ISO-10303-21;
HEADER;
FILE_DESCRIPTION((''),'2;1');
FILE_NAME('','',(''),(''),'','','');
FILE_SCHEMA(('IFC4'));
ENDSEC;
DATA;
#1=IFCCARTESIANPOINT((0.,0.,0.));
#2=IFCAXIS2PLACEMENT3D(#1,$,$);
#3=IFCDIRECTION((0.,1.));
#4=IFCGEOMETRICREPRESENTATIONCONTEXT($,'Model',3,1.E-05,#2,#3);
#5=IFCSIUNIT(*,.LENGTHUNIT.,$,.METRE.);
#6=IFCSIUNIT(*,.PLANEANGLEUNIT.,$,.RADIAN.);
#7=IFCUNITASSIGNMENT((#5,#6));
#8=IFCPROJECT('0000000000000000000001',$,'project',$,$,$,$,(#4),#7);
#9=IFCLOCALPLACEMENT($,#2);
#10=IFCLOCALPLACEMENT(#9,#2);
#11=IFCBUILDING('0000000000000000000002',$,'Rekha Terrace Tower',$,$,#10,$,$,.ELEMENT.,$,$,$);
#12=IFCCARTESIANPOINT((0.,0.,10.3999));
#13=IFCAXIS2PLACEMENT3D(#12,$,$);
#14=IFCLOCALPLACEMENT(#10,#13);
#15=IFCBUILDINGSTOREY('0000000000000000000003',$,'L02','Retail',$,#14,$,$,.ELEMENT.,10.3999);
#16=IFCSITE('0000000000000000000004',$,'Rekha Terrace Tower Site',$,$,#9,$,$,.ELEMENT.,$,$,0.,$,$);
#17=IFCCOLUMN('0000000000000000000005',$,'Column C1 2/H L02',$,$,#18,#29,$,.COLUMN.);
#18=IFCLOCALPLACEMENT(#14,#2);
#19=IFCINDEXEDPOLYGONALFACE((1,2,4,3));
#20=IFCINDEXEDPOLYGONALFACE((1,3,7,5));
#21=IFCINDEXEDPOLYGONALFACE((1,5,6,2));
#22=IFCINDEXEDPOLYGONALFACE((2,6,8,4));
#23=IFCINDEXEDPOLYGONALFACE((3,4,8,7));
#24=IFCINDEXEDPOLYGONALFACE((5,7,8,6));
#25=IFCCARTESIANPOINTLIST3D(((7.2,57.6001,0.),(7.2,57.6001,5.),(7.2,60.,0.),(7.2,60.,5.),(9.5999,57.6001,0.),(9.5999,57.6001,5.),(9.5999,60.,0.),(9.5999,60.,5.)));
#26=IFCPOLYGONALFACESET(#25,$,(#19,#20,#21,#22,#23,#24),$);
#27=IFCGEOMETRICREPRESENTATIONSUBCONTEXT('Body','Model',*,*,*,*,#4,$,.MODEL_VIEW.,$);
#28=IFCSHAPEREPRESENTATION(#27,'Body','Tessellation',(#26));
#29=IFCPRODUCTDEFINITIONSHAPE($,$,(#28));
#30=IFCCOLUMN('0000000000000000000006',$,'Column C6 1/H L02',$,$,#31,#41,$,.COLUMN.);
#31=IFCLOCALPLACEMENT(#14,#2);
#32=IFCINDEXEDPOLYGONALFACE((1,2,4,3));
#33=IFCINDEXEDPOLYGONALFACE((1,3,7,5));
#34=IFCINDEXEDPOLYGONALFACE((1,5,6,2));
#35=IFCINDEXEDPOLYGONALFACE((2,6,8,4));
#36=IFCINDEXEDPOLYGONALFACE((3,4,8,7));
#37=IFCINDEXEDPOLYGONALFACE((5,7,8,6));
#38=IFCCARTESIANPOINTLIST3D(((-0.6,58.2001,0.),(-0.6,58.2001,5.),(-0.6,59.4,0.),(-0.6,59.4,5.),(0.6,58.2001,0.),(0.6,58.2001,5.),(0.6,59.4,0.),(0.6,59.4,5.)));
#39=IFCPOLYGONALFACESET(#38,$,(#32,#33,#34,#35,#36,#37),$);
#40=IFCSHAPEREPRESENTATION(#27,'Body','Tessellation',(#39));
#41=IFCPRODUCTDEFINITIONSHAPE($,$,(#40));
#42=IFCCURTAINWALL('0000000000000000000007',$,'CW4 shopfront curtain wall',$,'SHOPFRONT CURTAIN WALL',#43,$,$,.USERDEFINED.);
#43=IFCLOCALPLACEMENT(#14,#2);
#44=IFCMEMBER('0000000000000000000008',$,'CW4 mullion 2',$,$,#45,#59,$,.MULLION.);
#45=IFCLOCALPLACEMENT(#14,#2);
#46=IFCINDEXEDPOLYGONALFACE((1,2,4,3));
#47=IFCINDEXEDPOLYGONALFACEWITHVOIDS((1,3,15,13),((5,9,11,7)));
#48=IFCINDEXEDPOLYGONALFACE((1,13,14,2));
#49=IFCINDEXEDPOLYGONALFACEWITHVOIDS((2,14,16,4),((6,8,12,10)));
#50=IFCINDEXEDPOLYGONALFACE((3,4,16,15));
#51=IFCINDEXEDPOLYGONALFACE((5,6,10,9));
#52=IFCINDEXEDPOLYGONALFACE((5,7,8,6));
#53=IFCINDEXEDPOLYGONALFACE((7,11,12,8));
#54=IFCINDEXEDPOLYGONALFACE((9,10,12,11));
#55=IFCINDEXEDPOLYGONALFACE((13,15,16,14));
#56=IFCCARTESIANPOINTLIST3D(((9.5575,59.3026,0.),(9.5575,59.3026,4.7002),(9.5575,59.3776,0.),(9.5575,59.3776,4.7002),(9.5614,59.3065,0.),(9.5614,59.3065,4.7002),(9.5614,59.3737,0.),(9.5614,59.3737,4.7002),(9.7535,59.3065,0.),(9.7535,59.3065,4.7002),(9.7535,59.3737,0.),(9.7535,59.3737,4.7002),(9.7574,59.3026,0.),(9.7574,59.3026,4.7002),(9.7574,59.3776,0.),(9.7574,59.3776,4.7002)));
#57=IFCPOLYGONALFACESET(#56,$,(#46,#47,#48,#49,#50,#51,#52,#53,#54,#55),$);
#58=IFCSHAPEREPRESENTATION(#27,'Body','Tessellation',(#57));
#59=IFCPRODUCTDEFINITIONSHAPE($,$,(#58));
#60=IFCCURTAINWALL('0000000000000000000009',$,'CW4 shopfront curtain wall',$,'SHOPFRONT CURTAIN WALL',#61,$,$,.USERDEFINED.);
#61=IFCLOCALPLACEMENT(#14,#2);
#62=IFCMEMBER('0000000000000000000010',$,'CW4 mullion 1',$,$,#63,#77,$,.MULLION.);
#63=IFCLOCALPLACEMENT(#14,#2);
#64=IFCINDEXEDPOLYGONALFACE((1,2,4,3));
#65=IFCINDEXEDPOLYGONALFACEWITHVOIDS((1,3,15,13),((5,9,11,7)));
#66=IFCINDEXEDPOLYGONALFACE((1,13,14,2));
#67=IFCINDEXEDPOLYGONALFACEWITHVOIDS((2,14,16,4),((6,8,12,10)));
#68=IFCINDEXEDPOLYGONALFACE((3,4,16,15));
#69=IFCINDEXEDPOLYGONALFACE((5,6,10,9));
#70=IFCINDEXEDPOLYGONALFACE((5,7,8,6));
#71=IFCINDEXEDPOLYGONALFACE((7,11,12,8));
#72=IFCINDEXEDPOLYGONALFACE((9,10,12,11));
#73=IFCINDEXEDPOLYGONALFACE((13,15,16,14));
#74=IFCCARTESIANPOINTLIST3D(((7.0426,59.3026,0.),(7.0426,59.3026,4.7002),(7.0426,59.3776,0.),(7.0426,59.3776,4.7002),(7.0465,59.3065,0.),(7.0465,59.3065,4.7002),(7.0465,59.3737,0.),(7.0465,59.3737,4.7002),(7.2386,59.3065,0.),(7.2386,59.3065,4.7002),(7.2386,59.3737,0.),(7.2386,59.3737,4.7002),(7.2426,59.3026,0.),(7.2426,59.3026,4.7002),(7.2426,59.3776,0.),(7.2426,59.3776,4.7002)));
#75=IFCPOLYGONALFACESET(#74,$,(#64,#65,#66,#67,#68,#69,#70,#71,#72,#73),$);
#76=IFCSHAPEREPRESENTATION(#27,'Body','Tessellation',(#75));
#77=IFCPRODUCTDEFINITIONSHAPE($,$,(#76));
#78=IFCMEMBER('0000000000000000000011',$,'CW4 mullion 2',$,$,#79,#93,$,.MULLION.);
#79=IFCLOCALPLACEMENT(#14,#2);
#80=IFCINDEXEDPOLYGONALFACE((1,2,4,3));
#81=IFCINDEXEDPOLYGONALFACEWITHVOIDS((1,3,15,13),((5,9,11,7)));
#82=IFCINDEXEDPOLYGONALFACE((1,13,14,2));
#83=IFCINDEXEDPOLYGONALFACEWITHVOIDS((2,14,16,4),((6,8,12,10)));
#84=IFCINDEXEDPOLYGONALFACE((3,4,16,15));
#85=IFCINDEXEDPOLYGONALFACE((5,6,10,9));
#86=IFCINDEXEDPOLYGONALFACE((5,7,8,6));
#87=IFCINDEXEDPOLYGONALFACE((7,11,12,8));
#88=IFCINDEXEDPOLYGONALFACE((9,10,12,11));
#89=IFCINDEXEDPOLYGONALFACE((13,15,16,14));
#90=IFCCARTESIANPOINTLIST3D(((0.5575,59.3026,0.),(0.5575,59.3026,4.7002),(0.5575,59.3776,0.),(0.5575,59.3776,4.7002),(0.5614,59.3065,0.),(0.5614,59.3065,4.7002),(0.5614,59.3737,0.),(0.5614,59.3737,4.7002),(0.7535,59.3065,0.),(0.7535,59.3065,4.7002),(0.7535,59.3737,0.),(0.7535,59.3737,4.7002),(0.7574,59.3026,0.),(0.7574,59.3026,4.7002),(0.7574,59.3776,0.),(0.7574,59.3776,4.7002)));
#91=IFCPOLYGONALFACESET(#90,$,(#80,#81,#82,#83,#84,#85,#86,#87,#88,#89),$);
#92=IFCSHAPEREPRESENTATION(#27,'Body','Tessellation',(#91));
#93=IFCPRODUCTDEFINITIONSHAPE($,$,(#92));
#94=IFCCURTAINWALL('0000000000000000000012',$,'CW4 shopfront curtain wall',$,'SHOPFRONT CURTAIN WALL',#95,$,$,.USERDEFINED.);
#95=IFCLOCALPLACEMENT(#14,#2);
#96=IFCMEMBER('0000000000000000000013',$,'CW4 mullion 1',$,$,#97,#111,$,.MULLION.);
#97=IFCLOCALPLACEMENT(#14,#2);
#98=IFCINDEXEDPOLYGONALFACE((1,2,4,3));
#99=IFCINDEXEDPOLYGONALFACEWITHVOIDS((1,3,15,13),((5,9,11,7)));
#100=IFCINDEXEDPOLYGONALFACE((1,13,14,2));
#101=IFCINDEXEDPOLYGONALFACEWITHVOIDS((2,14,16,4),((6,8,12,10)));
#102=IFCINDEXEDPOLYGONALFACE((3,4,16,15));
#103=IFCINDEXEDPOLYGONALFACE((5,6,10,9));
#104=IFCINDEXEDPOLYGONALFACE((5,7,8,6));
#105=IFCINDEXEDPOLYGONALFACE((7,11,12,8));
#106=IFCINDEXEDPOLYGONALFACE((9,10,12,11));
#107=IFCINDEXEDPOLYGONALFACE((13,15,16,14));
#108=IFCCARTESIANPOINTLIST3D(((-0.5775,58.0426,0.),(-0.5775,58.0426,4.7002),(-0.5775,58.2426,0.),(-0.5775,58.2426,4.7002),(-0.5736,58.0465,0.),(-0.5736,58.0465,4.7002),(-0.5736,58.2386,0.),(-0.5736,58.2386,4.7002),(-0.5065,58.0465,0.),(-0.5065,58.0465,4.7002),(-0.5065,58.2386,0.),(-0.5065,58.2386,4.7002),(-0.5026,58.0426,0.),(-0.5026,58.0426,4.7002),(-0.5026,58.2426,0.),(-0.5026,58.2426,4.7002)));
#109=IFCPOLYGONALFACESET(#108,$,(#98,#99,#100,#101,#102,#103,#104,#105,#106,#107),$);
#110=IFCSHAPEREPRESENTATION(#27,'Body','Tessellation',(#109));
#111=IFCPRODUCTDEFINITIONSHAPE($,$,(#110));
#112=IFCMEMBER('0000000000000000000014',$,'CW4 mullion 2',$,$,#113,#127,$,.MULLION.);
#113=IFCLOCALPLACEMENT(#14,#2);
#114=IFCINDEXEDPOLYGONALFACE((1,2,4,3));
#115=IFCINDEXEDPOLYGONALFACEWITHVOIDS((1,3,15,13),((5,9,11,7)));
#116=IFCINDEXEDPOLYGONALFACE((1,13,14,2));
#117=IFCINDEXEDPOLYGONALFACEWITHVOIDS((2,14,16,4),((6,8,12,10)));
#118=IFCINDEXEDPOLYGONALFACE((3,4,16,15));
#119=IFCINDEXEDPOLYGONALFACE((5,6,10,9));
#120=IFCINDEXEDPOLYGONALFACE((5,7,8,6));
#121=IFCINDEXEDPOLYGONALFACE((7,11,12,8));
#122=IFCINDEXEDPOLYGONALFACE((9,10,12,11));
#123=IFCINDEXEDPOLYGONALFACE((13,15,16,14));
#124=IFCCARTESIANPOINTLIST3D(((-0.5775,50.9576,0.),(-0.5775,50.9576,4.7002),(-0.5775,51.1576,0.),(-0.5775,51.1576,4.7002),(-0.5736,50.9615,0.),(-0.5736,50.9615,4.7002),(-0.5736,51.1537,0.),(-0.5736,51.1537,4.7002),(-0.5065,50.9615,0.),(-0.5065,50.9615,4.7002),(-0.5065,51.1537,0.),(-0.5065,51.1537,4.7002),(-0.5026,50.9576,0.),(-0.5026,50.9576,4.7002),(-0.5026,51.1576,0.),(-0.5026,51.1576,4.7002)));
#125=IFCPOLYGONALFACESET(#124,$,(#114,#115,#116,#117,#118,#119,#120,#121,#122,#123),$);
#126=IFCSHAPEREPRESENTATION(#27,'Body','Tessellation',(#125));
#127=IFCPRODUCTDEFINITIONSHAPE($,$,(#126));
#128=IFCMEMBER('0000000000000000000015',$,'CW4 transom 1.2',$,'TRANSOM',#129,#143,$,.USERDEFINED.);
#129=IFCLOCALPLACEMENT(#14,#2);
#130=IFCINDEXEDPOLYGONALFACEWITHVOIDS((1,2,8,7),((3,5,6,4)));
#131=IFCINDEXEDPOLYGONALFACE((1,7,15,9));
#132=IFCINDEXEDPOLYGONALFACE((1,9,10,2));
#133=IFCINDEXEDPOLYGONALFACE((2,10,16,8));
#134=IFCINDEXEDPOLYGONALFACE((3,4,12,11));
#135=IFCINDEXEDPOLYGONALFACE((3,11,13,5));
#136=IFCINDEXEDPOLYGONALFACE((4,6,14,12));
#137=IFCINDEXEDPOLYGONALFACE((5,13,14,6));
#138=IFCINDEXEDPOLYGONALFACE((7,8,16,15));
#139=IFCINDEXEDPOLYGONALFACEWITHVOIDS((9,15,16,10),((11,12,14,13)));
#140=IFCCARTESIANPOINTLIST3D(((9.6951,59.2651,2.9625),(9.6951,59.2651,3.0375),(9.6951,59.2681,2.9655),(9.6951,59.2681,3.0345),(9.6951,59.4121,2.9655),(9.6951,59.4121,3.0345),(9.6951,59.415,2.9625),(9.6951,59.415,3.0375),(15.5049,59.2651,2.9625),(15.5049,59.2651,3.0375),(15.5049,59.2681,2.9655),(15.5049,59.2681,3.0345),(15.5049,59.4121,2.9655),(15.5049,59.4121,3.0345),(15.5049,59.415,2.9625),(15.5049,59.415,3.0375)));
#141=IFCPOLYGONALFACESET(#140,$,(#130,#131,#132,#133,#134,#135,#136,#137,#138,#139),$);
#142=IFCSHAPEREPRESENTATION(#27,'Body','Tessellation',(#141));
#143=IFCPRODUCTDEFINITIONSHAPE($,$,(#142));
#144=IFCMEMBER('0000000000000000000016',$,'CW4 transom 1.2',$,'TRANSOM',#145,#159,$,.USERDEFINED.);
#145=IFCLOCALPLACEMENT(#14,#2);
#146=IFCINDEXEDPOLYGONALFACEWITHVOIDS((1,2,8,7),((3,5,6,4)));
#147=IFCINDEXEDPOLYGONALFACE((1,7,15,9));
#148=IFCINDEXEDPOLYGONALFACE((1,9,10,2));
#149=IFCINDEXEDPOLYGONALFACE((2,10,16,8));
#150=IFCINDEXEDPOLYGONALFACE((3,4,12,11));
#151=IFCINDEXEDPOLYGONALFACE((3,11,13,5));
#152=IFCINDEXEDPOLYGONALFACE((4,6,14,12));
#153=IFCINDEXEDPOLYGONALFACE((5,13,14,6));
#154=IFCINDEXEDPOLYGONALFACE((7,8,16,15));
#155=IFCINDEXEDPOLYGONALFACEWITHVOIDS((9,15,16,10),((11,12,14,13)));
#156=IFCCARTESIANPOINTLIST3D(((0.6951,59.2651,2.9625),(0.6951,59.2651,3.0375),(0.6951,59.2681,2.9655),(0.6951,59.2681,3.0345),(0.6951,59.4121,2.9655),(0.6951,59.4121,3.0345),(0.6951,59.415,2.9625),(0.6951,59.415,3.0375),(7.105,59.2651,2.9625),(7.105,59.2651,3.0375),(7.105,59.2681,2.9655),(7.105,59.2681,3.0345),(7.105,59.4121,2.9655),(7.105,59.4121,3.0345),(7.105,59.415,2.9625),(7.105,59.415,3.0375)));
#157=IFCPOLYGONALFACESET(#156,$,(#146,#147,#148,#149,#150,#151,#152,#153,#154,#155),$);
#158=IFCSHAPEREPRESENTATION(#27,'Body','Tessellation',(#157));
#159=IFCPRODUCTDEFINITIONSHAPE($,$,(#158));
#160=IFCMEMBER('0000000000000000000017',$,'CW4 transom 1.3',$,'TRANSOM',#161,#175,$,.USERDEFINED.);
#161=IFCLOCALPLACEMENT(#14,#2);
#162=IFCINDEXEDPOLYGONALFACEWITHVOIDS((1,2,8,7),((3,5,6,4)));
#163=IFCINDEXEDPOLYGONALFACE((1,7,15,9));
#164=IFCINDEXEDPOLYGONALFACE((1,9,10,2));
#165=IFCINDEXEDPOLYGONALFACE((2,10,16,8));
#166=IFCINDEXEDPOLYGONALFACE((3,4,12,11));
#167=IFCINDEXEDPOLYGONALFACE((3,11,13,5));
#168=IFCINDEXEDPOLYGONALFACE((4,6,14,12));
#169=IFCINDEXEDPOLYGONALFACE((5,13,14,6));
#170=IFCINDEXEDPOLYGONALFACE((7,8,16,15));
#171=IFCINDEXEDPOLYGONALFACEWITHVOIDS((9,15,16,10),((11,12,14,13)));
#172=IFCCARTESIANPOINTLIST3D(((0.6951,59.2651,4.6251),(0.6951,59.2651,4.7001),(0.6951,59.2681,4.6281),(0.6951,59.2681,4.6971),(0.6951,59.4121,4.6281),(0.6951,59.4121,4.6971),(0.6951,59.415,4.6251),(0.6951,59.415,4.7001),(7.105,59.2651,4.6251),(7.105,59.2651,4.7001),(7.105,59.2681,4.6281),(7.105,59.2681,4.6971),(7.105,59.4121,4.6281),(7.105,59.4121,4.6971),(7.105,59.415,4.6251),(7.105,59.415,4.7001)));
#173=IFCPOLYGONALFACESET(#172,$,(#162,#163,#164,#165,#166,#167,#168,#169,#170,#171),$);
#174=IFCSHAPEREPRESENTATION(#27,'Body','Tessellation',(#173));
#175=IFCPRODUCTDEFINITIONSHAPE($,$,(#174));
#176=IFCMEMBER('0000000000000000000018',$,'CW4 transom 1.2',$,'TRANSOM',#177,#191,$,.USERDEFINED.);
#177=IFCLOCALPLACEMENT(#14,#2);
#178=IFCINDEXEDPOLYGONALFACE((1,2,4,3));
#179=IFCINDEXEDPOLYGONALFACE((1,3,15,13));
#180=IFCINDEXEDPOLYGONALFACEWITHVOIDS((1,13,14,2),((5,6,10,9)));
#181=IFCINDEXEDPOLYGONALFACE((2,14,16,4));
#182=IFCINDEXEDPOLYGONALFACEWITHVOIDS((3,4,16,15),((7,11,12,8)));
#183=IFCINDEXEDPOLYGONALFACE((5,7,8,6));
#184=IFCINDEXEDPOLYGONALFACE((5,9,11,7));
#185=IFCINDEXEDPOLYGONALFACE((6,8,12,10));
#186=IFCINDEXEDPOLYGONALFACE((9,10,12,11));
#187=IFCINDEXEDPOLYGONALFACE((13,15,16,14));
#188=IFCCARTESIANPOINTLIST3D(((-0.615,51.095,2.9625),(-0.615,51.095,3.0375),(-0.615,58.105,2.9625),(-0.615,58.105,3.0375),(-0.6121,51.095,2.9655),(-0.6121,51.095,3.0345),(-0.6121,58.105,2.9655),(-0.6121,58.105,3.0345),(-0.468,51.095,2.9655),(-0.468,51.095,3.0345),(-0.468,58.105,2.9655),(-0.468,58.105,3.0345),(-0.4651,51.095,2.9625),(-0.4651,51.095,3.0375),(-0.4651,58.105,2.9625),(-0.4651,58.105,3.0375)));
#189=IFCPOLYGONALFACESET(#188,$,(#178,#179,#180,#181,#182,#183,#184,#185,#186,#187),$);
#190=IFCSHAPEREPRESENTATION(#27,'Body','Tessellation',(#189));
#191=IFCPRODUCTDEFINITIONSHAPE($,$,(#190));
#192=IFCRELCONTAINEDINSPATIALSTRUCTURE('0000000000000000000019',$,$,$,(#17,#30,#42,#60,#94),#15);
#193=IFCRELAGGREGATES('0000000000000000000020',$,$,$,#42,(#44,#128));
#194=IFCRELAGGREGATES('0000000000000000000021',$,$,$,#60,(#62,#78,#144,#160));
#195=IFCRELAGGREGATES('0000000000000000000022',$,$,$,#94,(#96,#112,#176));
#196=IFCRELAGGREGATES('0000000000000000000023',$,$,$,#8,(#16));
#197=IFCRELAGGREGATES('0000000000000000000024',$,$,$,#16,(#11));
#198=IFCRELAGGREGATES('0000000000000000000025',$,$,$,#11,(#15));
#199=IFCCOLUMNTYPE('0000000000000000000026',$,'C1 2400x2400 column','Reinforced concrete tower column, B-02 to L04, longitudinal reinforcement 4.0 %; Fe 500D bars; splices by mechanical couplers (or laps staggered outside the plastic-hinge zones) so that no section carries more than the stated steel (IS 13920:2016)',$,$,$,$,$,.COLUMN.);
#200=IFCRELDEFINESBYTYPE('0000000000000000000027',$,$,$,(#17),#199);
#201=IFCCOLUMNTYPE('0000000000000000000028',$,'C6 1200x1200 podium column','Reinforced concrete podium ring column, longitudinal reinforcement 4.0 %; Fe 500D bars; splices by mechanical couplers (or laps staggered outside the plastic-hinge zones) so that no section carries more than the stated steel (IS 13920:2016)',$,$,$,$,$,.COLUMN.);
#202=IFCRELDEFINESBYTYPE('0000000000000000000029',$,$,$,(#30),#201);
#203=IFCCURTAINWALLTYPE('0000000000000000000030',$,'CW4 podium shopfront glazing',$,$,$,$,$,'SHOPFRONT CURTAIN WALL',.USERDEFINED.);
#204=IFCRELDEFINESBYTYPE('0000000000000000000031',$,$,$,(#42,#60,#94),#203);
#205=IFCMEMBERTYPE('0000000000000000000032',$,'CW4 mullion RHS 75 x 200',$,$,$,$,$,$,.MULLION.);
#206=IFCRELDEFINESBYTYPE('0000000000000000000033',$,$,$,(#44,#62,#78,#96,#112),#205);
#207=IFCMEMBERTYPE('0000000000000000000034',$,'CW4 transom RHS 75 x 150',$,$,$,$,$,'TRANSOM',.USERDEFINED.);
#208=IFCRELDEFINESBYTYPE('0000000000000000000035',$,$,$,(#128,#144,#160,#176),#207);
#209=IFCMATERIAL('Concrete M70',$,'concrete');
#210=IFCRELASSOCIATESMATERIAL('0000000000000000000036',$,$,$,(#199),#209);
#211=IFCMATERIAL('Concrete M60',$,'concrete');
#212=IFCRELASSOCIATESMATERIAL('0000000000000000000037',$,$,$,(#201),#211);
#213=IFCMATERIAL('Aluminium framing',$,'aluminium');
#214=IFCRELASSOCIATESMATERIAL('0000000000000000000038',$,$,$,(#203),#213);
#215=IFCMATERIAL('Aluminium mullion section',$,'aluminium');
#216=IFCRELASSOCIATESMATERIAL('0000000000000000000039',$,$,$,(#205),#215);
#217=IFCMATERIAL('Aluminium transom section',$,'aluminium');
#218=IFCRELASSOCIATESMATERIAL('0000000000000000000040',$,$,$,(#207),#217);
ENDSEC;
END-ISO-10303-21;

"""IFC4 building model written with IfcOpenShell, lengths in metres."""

from ifc_helpers import new_model, si_unit, direction, frame, origin, origin_2d, place, context, subcontext, project, spatial, rectangle, hollow_rectangle, extrude, material, material_profile, profile_set, type_object, element, aggregate, save


model = new_model("IFC4")

# Units and contexts
model_context = context("Model", 3, precision=1e-05, world=origin(), true_north=direction((0.0, 1.0)))
body_context = subcontext(model_context, "Body", "Model", "MODEL_VIEW")
ifc_project = project(units=[si_unit("LENGTHUNIT", "METRE"), si_unit("PLANEANGLEUNIT", "RADIAN")], contexts=[model_context])

# Site, building, storey
site_placement = place(None, origin())
site = spatial("IfcSite", under=ifc_project, at=site_placement, Name="Rekha Terrace Tower Site", CompositionType="ELEMENT", RefElevation=0.0)
building_placement = place(site_placement, origin())
building = spatial("IfcBuilding", under=site, at=building_placement, Name="Rekha Terrace Tower", CompositionType="ELEMENT")
storey_placement = place(building_placement, frame((0.0, 0.0, 10.3999)))
storey = spatial("IfcBuildingStorey", under=building, at=storey_placement, Name="L02", Description="Retail", CompositionType="ELEMENT", Elevation=10.3999)

# Columns
ifc_material_1 = material(Name="Concrete M70", Category="concrete")
ifc_material_profile_1 = material_profile(ifc_material_1, rectangle(XDim=2.3999, YDim=2.3999, at=origin_2d()), Name="RC 2400x2400")
ifc_profile_set_1 = profile_set([ifc_material_profile_1], Name="Concrete M70")
column_type_1 = type_object("IfcColumnType", Name="C1 2400x2400 column", Description="Reinforced concrete tower column, B-02 to L04, longitudinal reinforcement 4.0 %; Fe 500D bars; splices by mechanical couplers (or laps staggered outside the plastic-hinge zones) so that no section carries more than the stated steel (IS 13920:2016)", PredefinedType="COLUMN", material=ifc_profile_set_1)
column_1_placement = place(storey_placement, frame((8.3999, 58.8, 0.0), z_axis=(0.0, 0.0, 1.0), x_axis=(1.0, 0.0, 0.0)))
element("IfcColumn", 1, at=column_1_placement, inside=storey, type_object=column_type_1, Name="Column C1 2/H L02", PredefinedType="COLUMN", context=body_context, shape_type="SweptSolid", body=[
    extrude(rectangle(XDim=2.3999, YDim=2.3999, at=origin_2d()), origin(), (0.0, 0.0, 1.0), 5.0),
])
ifc_material_2 = material(Name="Concrete M60", Category="concrete")
ifc_material_profile_2 = material_profile(ifc_material_2, rectangle(XDim=1.2, YDim=1.2, at=origin_2d()), Name="RC 1200x1200")
ifc_profile_set_2 = profile_set([ifc_material_profile_2], Name="Concrete M60")
column_type_2 = type_object("IfcColumnType", Name="C6 1200x1200 podium column", Description="Reinforced concrete podium ring column, longitudinal reinforcement 4.0 %; Fe 500D bars; splices by mechanical couplers (or laps staggered outside the plastic-hinge zones) so that no section carries more than the stated steel (IS 13920:2016)", PredefinedType="COLUMN", material=ifc_profile_set_2)
column_2_placement = place(storey_placement, frame((0.0, 58.8, 0.0), z_axis=(0.0, 0.0, 1.0), x_axis=(1.0, 0.0, 0.0)))
element("IfcColumn", 2, at=column_2_placement, inside=storey, type_object=column_type_2, Name="Column C6 1/H L02", PredefinedType="COLUMN", context=body_context, shape_type="SweptSolid", body=[
    extrude(rectangle(XDim=1.2, YDim=1.2, at=origin_2d()), origin(), (0.0, 0.0, 1.0), 5.0),
])

# Curtain wall, member
ifc_material_3 = material(Name="Aluminium framing", Category="aluminium")
curtain_wall_type = type_object("IfcCurtainWallType", Name="CW4 podium shopfront glazing", ElementType="SHOPFRONT CURTAIN WALL", PredefinedType="USERDEFINED", material=ifc_material_3)
curtain_wall_1_placement = place(storey_placement, origin())
curtain_wall_1 = element("IfcCurtainWall", 3, at=curtain_wall_1_placement, inside=storey, type_object=curtain_wall_type, Name="CW4 shopfront curtain wall", ObjectType="SHOPFRONT CURTAIN WALL", PredefinedType="USERDEFINED")
ifc_material_4 = material(Name="Aluminium mullion section", Category="aluminium")
ifc_material_profile_3 = material_profile(ifc_material_4, hollow_rectangle(XDim=0.075, YDim=0.2, WallThickness=0.0039, at=origin_2d()), Name="AL RHS 75x200")
ifc_profile_set_3 = profile_set([ifc_material_profile_3], Name="Aluminium mullion section")
member_type_1 = type_object("IfcMemberType", Name="CW4 mullion RHS 75 x 200", PredefinedType="MULLION", material=ifc_profile_set_3)
member_1_placement = place(storey_placement, frame((9.6575, 59.3401, 0.0), z_axis=(0.0, 0.0, 1.0), x_axis=(0.0, -1.0, 0.0)))
member_1 = element("IfcMember", 4, at=member_1_placement, type_object=member_type_1, Name="CW4 mullion 2", PredefinedType="MULLION", context=body_context, shape_type="SweptSolid", body=[
    extrude(hollow_rectangle(XDim=0.075, YDim=0.2, WallThickness=0.0039, at=origin_2d()), origin(), (0.0, 0.0, 1.0), 4.7002),
])

# Curtain walls, members
curtain_wall_2_placement = place(storey_placement, origin())
curtain_wall_2 = element("IfcCurtainWall", 5, at=curtain_wall_2_placement, inside=storey, type_object=curtain_wall_type, Name="CW4 shopfront curtain wall", ObjectType="SHOPFRONT CURTAIN WALL", PredefinedType="USERDEFINED")
member_2_placement = place(storey_placement, frame((7.1426, 59.3401, 0.0), z_axis=(0.0, 0.0, 1.0), x_axis=(0.0, -1.0, 0.0)))
member_2 = element("IfcMember", 6, at=member_2_placement, type_object=member_type_1, Name="CW4 mullion 1", PredefinedType="MULLION", context=body_context, shape_type="SweptSolid", body=[
    extrude(hollow_rectangle(XDim=0.075, YDim=0.2, WallThickness=0.0039, at=origin_2d()), origin(), (0.0, 0.0, 1.0), 4.7002),
])
member_3_placement = place(storey_placement, frame((0.6575, 59.3401, 0.0), z_axis=(0.0, 0.0, 1.0), x_axis=(0.0, -1.0, 0.0)))
member_3 = element("IfcMember", 7, at=member_3_placement, type_object=member_type_1, Name="CW4 mullion 2", PredefinedType="MULLION", context=body_context, shape_type="SweptSolid", body=[
    extrude(hollow_rectangle(XDim=0.075, YDim=0.2, WallThickness=0.0039, at=origin_2d()), origin(), (0.0, 0.0, 1.0), 4.7002),
])
curtain_wall_3_placement = place(storey_placement, origin())
curtain_wall_3 = element("IfcCurtainWall", 8, at=curtain_wall_3_placement, inside=storey, type_object=curtain_wall_type, Name="CW4 shopfront curtain wall", ObjectType="SHOPFRONT CURTAIN WALL", PredefinedType="USERDEFINED")
member_4_placement = place(storey_placement, frame((-0.54, 58.1426, 0.0), z_axis=(0.0, 0.0, 1.0), x_axis=(1.0, 0.0, 0.0)))
member_4 = element("IfcMember", 9, at=member_4_placement, type_object=member_type_1, Name="CW4 mullion 1", PredefinedType="MULLION", context=body_context, shape_type="SweptSolid", body=[
    extrude(hollow_rectangle(XDim=0.075, YDim=0.2, WallThickness=0.0039, at=origin_2d()), origin(), (0.0, 0.0, 1.0), 4.7002),
])
member_5_placement = place(storey_placement, frame((-0.54, 51.0576, 0.0), z_axis=(0.0, 0.0, 1.0), x_axis=(1.0, 0.0, 0.0)))
member_5 = element("IfcMember", 10, at=member_5_placement, type_object=member_type_1, Name="CW4 mullion 2", PredefinedType="MULLION", context=body_context, shape_type="SweptSolid", body=[
    extrude(hollow_rectangle(XDim=0.075, YDim=0.2, WallThickness=0.0039, at=origin_2d()), origin(), (0.0, 0.0, 1.0), 4.7002),
])

# Members
ifc_material_5 = material(Name="Aluminium transom section", Category="aluminium")
ifc_material_profile_4 = material_profile(ifc_material_5, hollow_rectangle(XDim=0.1499, YDim=0.075, WallThickness=0.0029, at=origin_2d()), Name="AL RHS 150x75")
ifc_profile_set_4 = profile_set([ifc_material_profile_4], Name="Aluminium transom section")
member_type_2 = type_object("IfcMemberType", Name="CW4 transom RHS 75 x 150", ElementType="TRANSOM", PredefinedType="USERDEFINED", material=ifc_profile_set_4)
member_6_placement = place(storey_placement, frame((15.5049, 59.3401, 3.0), z_axis=(-1.0, 0.0, 0.0), x_axis=(0.0, -1.0, 0.0)))
member_6 = element("IfcMember", 11, at=member_6_placement, type_object=member_type_2, Name="CW4 transom 1.2", ObjectType="TRANSOM", PredefinedType="USERDEFINED", context=body_context, shape_type="SweptSolid", body=[
    extrude(hollow_rectangle(XDim=0.1499, YDim=0.075, WallThickness=0.0029, at=origin_2d()), origin(), (0.0, 0.0, 1.0), 5.8098),
])
member_7_placement = place(storey_placement, frame((7.105, 59.3401, 3.0), z_axis=(-1.0, 0.0, 0.0), x_axis=(0.0, -1.0, 0.0)))
member_7 = element("IfcMember", 12, at=member_7_placement, type_object=member_type_2, Name="CW4 transom 1.2", ObjectType="TRANSOM", PredefinedType="USERDEFINED", context=body_context, shape_type="SweptSolid", body=[
    extrude(hollow_rectangle(XDim=0.1499, YDim=0.075, WallThickness=0.0029, at=origin_2d()), origin(), (0.0, 0.0, 1.0), 6.4099),
])
member_8_placement = place(storey_placement, frame((7.105, 59.3401, 4.6626), z_axis=(-1.0, 0.0, 0.0), x_axis=(0.0, -1.0, 0.0)))
member_8 = element("IfcMember", 13, at=member_8_placement, type_object=member_type_2, Name="CW4 transom 1.3", ObjectType="TRANSOM", PredefinedType="USERDEFINED", context=body_context, shape_type="SweptSolid", body=[
    extrude(hollow_rectangle(XDim=0.1499, YDim=0.075, WallThickness=0.0029, at=origin_2d()), origin(), (0.0, 0.0, 1.0), 6.4099),
])
member_9_placement = place(storey_placement, frame((-0.54, 58.105, 3.0), z_axis=(0.0, -1.0, 0.0), x_axis=(1.0, 0.0, 0.0)))
member_9 = element("IfcMember", 14, at=member_9_placement, type_object=member_type_2, Name="CW4 transom 1.2", ObjectType="TRANSOM", PredefinedType="USERDEFINED", context=body_context, shape_type="SweptSolid", body=[
    extrude(hollow_rectangle(XDim=0.1499, YDim=0.075, WallThickness=0.0029, at=origin_2d()), origin(), (0.0, 0.0, 1.0), 7.01),
])

aggregate(curtain_wall_1, [member_1, member_6])
aggregate(curtain_wall_2, [member_2, member_3, member_7, member_8])
aggregate(curtain_wall_3, [member_4, member_5, member_9])

save(model, "model.ifc")
